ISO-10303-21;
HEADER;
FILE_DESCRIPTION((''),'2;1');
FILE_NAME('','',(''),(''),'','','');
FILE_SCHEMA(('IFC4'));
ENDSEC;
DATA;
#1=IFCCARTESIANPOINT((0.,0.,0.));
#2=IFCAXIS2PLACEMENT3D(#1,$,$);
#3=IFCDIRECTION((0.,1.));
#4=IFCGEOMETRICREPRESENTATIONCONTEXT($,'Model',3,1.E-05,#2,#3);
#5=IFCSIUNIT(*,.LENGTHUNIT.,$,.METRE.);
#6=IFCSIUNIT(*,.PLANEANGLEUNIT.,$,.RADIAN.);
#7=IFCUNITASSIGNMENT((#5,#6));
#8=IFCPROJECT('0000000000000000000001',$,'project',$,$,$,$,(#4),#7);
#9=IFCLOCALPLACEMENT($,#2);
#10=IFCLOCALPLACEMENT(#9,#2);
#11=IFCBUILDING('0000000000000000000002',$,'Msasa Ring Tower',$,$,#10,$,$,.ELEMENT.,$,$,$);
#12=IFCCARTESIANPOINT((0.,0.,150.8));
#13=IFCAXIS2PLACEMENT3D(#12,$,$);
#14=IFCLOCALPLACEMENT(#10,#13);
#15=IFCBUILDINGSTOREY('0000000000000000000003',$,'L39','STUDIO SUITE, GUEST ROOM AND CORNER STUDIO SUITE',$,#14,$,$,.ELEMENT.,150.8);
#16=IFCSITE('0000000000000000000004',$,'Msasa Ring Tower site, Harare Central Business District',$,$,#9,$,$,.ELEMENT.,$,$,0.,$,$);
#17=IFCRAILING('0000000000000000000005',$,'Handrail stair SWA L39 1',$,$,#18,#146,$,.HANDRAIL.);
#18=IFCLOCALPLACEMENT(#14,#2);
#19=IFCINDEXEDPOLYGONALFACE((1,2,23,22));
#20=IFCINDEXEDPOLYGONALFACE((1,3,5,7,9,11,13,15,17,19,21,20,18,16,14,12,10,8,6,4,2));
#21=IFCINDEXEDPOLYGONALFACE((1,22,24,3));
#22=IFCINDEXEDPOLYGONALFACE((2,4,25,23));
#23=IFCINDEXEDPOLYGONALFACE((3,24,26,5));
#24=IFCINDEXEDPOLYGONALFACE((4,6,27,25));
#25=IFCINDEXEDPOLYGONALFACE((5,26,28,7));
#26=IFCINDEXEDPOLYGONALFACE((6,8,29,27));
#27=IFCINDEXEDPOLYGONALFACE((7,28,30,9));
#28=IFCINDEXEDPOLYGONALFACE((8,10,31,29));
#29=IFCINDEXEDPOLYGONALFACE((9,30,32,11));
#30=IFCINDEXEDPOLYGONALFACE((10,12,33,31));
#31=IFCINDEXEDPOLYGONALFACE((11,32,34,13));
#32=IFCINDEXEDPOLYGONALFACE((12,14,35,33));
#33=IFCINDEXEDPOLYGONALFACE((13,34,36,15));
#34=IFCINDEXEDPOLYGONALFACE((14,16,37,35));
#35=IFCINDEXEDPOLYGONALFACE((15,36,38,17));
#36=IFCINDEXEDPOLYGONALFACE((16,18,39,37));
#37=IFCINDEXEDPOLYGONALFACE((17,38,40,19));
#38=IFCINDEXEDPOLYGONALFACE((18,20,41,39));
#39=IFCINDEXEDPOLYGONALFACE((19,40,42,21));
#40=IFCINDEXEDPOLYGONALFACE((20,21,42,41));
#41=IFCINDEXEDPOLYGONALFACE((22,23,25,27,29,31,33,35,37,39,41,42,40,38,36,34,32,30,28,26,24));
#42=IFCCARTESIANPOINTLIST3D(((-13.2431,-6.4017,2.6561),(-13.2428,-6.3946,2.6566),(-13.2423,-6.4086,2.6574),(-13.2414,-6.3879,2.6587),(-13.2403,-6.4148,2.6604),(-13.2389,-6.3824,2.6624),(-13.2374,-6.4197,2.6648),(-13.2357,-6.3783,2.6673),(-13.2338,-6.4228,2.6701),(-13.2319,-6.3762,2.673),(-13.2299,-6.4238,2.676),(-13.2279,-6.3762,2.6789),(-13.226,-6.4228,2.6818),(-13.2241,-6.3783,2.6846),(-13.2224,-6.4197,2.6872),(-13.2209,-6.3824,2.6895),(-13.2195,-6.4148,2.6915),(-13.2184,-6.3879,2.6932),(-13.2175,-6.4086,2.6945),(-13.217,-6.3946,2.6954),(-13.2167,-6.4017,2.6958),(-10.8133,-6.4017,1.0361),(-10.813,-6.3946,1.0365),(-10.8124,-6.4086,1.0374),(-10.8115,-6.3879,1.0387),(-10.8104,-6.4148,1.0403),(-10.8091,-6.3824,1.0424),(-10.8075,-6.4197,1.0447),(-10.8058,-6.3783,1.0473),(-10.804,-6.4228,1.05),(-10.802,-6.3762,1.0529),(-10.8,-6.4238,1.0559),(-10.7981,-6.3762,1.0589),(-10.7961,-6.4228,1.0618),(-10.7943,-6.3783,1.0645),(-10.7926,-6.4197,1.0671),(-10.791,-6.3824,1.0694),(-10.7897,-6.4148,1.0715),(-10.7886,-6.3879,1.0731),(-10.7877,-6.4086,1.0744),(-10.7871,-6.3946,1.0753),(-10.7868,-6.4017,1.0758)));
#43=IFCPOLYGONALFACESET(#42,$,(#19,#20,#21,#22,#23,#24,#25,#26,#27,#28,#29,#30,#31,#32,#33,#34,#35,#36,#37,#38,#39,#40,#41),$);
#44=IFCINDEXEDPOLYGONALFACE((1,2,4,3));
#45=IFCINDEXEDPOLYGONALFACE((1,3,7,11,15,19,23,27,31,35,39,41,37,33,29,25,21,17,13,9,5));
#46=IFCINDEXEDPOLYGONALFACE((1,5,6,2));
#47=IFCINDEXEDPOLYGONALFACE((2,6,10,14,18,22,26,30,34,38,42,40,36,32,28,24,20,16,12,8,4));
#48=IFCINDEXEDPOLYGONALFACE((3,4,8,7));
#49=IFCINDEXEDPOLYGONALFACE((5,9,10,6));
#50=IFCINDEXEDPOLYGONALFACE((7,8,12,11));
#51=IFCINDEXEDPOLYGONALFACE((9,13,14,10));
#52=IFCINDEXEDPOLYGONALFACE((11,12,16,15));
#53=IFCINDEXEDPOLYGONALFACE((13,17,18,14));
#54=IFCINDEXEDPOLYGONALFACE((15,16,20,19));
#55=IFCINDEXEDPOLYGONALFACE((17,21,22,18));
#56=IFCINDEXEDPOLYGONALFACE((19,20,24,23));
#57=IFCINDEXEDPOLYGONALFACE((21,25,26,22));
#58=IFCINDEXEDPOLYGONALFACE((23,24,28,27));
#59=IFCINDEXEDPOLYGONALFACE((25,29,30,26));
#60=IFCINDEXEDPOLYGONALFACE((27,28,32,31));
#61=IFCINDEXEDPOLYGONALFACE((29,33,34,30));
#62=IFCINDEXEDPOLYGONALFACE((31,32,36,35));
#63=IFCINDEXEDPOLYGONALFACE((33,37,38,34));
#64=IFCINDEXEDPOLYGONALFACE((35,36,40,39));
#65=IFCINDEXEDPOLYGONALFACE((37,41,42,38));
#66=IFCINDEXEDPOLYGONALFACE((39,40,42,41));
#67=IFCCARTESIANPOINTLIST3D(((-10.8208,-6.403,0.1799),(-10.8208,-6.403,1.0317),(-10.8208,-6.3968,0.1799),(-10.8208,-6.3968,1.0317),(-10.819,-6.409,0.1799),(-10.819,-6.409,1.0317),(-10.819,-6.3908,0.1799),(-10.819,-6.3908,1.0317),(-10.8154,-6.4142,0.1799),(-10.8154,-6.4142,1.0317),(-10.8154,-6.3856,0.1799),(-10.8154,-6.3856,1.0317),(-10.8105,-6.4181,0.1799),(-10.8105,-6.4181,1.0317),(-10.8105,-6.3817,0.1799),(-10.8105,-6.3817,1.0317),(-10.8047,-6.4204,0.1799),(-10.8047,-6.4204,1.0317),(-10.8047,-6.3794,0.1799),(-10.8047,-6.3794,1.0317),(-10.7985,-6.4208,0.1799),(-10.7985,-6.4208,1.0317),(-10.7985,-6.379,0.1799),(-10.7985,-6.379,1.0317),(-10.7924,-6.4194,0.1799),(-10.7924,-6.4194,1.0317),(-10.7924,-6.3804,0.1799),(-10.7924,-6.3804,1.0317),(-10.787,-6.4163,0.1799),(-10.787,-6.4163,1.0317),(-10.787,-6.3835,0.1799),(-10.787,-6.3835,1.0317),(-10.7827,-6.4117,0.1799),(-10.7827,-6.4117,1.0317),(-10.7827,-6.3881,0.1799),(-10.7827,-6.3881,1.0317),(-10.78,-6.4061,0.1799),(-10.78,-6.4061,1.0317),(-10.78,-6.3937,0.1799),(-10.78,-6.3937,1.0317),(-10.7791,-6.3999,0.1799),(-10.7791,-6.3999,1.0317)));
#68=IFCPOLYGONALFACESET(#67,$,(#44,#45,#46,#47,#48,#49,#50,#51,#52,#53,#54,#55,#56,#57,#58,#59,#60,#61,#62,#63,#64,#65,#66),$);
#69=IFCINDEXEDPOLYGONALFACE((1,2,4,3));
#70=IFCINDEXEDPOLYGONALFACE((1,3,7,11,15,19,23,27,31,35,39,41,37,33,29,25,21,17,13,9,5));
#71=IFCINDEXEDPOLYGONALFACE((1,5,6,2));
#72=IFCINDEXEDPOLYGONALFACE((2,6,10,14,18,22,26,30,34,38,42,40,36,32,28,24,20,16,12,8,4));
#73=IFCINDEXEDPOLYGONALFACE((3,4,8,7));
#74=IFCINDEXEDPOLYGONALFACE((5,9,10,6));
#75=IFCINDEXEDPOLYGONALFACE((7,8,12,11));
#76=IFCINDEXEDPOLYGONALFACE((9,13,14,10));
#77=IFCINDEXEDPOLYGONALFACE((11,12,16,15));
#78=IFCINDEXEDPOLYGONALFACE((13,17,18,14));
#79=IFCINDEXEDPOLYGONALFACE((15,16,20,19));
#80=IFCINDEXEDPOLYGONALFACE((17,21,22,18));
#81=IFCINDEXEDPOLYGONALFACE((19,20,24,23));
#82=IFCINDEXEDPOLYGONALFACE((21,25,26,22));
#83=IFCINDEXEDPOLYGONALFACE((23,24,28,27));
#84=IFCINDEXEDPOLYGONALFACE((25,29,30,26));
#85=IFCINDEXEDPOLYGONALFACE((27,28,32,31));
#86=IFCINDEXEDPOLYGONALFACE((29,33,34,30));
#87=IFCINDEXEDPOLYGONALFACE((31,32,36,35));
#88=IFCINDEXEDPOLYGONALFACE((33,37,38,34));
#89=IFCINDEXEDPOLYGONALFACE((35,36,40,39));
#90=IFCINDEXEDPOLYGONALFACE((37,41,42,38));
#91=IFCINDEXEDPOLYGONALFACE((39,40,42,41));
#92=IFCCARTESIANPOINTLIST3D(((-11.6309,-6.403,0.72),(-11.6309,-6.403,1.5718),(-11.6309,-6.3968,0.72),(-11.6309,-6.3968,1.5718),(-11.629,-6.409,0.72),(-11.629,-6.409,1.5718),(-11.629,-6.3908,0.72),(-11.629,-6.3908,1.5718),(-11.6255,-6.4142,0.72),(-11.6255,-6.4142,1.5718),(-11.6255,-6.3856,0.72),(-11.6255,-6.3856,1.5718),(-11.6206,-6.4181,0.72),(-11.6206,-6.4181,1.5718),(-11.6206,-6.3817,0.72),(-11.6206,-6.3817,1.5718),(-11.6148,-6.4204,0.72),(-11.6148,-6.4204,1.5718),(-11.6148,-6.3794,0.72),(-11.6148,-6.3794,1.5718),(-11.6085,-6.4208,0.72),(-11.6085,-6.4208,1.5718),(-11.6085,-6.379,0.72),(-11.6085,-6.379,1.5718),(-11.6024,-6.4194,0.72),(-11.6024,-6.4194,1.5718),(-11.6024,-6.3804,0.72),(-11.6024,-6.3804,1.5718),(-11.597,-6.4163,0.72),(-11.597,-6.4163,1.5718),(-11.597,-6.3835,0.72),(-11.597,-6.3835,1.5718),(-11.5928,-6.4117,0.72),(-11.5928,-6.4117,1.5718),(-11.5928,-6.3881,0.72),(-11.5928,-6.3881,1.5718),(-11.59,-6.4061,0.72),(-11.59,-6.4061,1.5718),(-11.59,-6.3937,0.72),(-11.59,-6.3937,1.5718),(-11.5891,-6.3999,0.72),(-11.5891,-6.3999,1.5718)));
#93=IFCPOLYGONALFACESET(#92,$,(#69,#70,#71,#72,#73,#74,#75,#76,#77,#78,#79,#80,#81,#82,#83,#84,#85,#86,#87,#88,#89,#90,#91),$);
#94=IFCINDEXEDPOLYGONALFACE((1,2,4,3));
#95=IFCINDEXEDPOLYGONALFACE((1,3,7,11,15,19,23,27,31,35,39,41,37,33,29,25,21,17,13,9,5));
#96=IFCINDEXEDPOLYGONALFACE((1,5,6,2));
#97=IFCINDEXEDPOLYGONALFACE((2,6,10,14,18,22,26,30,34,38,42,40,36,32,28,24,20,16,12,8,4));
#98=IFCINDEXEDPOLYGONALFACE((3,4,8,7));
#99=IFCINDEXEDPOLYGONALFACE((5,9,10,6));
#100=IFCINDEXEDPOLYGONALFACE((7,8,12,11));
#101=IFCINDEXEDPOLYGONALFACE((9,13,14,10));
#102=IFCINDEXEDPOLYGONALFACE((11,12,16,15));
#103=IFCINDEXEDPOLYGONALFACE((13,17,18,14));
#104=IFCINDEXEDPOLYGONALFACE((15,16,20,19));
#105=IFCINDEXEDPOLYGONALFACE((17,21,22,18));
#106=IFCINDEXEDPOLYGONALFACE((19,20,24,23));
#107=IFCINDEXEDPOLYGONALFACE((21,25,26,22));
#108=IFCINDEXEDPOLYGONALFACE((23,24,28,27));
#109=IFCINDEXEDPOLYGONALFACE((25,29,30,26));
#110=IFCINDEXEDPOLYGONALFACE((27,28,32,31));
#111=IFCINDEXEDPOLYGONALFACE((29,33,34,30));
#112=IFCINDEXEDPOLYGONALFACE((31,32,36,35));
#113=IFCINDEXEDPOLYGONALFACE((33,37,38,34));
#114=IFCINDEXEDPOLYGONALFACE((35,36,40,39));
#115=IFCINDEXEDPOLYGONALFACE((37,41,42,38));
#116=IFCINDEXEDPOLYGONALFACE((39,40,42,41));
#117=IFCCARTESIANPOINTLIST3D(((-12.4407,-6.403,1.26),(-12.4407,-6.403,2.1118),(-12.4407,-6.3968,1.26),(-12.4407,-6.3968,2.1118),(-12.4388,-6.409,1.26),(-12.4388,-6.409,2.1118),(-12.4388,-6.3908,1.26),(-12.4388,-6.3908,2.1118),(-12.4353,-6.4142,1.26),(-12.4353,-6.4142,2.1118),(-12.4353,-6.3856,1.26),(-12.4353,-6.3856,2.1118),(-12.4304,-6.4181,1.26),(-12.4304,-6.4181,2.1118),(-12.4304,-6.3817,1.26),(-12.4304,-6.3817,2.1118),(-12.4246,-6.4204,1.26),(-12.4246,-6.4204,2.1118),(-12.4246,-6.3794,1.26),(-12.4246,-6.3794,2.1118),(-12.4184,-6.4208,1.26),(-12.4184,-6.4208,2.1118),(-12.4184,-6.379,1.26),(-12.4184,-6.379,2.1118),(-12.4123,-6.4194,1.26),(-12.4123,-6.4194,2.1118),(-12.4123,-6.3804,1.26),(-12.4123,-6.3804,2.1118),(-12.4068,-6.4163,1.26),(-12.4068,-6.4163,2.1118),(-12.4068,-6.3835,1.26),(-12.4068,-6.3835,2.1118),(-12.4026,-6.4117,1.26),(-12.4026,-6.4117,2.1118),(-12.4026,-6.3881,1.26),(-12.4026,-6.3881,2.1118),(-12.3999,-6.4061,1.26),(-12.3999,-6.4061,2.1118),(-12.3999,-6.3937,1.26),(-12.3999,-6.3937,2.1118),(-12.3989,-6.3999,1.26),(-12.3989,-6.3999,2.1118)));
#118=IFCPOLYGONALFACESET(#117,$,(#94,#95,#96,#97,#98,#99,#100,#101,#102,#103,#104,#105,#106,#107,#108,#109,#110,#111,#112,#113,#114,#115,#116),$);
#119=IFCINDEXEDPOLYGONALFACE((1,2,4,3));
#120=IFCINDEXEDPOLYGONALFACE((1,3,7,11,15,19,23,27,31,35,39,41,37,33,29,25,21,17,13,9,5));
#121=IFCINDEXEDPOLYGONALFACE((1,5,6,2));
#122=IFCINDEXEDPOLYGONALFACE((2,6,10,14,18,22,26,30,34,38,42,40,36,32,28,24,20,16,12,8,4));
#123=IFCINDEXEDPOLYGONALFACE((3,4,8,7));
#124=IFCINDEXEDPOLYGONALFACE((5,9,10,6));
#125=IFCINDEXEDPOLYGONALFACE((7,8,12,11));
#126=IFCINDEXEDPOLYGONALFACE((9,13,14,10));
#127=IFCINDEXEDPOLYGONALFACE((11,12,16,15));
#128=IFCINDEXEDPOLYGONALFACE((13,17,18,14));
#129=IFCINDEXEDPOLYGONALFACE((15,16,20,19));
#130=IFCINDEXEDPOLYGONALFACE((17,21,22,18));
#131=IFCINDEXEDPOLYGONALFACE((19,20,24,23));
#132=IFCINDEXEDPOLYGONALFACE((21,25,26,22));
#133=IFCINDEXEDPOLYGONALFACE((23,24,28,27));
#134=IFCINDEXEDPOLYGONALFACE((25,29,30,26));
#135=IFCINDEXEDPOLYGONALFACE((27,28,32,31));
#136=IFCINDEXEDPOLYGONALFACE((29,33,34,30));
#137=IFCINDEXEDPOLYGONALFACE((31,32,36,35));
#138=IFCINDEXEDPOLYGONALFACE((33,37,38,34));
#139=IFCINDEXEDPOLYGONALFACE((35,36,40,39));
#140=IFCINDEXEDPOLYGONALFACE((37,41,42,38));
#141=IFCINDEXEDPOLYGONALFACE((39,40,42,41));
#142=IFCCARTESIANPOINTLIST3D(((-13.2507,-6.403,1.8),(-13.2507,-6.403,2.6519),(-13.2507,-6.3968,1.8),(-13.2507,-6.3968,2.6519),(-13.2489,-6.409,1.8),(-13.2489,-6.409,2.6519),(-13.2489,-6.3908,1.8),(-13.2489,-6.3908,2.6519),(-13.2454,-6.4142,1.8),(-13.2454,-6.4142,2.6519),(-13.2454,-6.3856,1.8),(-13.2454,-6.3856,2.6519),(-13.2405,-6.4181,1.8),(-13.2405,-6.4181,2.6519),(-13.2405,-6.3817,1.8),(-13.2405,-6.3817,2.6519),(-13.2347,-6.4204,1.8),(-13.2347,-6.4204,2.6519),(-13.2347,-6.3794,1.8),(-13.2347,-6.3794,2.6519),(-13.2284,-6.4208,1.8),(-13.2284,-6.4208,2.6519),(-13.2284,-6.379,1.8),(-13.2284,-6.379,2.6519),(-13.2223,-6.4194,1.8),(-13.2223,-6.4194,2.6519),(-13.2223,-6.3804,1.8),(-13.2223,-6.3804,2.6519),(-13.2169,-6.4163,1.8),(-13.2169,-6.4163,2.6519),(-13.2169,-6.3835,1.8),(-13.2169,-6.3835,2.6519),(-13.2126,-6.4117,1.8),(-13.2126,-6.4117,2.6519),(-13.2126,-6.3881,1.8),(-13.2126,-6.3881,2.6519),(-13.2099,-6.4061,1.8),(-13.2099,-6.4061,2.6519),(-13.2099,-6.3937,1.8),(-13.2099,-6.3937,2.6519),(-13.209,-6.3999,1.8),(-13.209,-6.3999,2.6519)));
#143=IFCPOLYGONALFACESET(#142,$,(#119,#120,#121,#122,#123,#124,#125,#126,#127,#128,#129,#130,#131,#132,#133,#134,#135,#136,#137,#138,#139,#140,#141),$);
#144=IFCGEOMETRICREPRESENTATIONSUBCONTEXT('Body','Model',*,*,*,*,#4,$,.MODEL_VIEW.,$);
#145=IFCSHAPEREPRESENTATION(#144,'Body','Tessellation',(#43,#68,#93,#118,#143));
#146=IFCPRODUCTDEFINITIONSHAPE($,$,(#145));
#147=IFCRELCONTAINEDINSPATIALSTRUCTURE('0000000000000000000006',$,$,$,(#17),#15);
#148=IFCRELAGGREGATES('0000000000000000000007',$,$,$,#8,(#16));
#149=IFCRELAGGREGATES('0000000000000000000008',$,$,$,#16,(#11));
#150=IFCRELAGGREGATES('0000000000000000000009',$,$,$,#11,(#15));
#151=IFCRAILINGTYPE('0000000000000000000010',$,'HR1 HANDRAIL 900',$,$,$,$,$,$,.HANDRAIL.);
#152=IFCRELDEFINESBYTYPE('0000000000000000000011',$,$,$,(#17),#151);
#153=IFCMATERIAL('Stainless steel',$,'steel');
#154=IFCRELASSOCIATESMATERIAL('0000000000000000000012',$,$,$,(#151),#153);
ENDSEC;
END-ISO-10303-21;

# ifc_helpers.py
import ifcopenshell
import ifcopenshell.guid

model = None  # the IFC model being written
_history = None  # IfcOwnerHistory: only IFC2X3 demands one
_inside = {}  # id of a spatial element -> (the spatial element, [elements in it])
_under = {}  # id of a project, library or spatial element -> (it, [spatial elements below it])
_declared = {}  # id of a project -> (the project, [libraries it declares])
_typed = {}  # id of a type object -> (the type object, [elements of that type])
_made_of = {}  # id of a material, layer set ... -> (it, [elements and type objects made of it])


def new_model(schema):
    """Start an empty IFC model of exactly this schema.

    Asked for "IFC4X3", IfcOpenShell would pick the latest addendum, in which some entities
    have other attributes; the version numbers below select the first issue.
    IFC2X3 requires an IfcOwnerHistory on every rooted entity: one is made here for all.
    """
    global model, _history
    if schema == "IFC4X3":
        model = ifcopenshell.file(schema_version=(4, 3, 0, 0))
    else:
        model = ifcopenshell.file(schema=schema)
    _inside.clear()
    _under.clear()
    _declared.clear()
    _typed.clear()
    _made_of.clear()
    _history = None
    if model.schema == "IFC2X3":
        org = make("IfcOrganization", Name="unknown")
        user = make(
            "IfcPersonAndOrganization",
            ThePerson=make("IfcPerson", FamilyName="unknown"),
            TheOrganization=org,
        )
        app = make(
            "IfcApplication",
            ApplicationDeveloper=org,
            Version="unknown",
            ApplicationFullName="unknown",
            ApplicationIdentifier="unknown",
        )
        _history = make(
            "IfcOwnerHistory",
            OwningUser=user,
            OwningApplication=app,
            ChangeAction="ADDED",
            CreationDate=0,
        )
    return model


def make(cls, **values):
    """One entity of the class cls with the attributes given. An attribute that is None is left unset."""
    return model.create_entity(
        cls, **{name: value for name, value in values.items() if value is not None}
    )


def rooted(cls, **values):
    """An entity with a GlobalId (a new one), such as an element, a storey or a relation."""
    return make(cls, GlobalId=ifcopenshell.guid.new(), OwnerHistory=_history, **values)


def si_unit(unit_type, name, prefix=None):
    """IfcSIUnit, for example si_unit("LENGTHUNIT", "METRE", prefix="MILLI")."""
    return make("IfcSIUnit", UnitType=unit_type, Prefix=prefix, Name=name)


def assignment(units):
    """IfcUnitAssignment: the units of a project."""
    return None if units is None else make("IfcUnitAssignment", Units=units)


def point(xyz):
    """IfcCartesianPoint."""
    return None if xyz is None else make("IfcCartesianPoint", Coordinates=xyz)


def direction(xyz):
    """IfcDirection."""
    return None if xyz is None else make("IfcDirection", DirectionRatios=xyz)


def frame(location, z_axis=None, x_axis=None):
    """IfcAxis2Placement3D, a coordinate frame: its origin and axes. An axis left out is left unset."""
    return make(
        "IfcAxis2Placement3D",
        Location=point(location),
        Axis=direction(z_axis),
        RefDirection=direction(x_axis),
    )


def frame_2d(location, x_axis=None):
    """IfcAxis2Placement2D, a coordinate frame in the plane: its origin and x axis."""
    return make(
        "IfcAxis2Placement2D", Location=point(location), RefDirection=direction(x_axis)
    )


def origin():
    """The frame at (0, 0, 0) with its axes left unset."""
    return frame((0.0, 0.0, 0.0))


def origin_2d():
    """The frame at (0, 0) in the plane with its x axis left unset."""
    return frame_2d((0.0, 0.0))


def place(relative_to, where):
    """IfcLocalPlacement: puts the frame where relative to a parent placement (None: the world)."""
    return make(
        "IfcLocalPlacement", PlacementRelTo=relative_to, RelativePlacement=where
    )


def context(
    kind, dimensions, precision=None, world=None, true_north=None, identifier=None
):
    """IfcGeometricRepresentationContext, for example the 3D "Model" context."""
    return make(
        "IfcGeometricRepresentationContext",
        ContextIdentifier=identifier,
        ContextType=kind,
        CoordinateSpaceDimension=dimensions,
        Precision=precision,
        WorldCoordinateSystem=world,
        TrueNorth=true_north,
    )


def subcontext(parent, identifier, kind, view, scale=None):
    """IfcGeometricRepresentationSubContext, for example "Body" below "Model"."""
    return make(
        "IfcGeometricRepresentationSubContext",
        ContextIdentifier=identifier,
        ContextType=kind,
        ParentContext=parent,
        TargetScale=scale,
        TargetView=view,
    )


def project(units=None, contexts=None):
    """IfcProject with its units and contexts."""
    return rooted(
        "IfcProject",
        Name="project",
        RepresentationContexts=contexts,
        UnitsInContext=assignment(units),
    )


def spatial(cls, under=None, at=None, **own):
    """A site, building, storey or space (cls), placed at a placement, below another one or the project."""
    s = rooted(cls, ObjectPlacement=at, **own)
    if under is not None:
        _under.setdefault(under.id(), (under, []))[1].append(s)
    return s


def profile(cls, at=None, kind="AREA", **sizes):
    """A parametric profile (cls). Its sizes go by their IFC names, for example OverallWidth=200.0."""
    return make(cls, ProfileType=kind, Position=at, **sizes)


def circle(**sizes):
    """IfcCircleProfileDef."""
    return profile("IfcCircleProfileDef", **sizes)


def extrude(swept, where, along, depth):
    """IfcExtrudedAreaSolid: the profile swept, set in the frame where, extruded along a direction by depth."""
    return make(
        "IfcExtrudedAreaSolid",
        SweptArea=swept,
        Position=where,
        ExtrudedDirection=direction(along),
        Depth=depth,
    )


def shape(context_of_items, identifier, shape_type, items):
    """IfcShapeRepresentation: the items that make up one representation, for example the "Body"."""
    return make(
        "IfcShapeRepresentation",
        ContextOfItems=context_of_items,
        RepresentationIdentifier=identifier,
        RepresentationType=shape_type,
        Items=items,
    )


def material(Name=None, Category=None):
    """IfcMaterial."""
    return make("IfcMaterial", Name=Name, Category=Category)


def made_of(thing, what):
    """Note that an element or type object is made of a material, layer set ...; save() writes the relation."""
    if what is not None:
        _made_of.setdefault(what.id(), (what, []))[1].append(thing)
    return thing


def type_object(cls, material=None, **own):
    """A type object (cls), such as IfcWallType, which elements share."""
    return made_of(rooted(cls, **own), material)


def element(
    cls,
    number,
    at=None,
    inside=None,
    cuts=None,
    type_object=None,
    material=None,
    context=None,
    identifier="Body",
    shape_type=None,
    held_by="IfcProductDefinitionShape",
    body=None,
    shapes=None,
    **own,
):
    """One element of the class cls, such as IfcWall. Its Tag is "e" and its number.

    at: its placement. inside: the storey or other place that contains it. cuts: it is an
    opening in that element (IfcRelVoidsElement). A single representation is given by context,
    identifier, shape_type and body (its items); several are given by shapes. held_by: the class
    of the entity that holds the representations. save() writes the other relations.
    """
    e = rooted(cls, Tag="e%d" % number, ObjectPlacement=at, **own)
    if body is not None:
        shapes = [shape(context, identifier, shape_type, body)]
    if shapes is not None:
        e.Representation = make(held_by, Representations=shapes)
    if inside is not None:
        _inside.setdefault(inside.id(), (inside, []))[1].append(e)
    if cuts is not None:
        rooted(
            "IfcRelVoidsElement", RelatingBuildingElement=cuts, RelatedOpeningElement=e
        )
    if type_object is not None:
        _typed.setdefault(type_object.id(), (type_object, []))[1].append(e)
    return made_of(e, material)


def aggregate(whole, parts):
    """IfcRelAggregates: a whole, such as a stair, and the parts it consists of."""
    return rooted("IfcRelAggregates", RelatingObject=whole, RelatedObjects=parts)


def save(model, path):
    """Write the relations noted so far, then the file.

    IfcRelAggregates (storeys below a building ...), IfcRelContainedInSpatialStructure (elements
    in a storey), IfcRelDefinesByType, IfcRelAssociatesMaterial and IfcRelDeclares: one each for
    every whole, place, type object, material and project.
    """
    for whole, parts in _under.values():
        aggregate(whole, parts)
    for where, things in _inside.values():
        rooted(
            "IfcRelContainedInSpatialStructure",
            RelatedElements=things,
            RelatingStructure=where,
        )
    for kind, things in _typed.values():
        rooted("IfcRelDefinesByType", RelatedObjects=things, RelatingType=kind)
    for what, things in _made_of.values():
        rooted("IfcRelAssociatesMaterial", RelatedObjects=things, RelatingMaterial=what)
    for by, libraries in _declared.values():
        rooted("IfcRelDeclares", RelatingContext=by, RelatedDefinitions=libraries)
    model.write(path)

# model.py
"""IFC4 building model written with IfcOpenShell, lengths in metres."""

from ifc_helpers import new_model, si_unit, direction, frame, origin, origin_2d, place, context, subcontext, project, spatial, circle, extrude, material, type_object, element, save


model = new_model("IFC4")

# Units and contexts
model_context = context("Model", 3, precision=1e-05, world=origin(), true_north=direction((0.0, 1.0)))
body_context = subcontext(model_context, "Body", "Model", "MODEL_VIEW")
ifc_project = project(units=[si_unit("LENGTHUNIT", "METRE"), si_unit("PLANEANGLEUNIT", "RADIAN")], contexts=[model_context])

# Site, building, storey
site_placement = place(None, origin())
site = spatial("IfcSite", under=ifc_project, at=site_placement, Name="Msasa Ring Tower site, Harare Central Business District", CompositionType="ELEMENT", RefElevation=0.0)
building_placement = place(site_placement, origin())
building = spatial("IfcBuilding", under=site, at=building_placement, Name="Msasa Ring Tower", CompositionType="ELEMENT")
storey_placement = place(building_placement, frame((0.0, 0.0, 150.8)))
storey = spatial("IfcBuildingStorey", under=building, at=storey_placement, Name="L39", Description="STUDIO SUITE, GUEST ROOM AND CORNER STUDIO SUITE", CompositionType="ELEMENT", Elevation=150.8)

# Railing
ifc_material_1 = material(Name="Stainless steel", Category="steel")
railing_type = type_object("IfcRailingType", Name="HR1 HANDRAIL 900", PredefinedType="HANDRAIL", material=ifc_material_1)
for number, where, name in (
    (1, (-10.8, -6.3999, 0.1799), "Handrail stair SWA L39 1"),
):
    element("IfcRailing", number, at=place(storey_placement, frame(where)), inside=storey, type_object=railing_type, Name=name, PredefinedType="HANDRAIL", context=body_context, shape_type="SweptSolid", body=[
        extrude(circle(Radius=0.0239, at=origin_2d()), frame((0.0, 0.0, 0.876), z_axis=(-0.832025, 0.0, 0.554739), x_axis=(0.0, -1.0, 0.0)), (0.0, 0.0, 1.0), 2.9204),
        extrude(circle(Radius=0.021, at=origin_2d()), origin(), (0.0, 0.0, 1.0), 0.8518),
        extrude(circle(Radius=0.021, at=origin_2d()), frame((-0.8101, 0.0, 0.54)), (0.0, 0.0, 1.0), 0.8518),
        extrude(circle(Radius=0.021, at=origin_2d()), frame((-1.6199, 0.0, 1.0801)), (0.0, 0.0, 1.0), 0.8518),
        extrude(circle(Radius=0.021, at=origin_2d()), frame((-2.4299, 0.0, 1.6201)), (0.0, 0.0, 1.0), 0.8518),
    ])

save(model, "model.ifc")
